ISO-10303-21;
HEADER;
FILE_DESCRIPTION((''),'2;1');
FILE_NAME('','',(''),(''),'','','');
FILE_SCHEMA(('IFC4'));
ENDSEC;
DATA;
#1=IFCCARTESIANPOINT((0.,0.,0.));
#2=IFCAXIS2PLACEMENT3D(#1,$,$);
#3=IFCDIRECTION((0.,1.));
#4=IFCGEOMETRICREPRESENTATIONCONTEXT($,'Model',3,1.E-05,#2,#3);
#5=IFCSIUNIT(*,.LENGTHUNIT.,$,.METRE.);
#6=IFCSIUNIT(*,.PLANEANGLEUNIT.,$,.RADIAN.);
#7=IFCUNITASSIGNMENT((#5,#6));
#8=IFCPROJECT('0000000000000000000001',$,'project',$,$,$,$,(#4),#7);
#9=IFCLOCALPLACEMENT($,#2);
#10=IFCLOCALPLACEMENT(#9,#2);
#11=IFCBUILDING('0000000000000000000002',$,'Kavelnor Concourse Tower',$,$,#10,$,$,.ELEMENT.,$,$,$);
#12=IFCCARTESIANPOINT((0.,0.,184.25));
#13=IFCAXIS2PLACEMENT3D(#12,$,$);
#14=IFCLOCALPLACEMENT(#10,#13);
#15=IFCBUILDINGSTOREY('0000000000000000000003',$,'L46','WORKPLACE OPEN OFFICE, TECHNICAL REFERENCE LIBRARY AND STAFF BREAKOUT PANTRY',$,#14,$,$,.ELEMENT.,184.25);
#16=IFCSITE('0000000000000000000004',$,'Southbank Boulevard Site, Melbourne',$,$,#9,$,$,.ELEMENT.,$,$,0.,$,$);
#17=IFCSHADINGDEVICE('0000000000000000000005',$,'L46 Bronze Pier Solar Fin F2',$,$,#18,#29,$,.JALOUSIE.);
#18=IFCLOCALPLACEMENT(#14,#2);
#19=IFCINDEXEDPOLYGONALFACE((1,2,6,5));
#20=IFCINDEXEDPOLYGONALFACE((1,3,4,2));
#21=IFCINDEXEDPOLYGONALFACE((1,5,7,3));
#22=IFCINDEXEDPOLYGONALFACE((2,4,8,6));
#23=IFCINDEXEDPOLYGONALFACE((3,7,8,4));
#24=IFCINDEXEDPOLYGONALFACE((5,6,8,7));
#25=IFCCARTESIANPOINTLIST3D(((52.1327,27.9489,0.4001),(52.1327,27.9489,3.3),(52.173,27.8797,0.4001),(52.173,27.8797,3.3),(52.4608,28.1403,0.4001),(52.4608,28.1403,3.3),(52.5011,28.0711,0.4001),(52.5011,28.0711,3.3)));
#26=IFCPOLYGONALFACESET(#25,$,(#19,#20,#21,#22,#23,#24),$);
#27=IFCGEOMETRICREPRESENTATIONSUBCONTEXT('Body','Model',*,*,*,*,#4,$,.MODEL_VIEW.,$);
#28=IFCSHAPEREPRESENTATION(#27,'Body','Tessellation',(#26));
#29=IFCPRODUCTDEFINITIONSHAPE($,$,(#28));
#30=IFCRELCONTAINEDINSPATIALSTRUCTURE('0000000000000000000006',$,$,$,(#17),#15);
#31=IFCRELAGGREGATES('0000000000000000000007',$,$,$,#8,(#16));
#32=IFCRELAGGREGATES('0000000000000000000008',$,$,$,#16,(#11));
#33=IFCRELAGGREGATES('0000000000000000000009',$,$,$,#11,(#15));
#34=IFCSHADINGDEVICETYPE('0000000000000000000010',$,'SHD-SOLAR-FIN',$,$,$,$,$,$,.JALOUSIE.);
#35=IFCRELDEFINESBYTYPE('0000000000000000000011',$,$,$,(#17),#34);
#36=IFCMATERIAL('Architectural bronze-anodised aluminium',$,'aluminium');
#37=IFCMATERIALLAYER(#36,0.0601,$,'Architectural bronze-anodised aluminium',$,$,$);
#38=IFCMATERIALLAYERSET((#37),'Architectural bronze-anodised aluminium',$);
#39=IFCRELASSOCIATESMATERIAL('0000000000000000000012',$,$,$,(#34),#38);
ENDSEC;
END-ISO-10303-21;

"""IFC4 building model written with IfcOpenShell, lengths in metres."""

from ifc_helpers import new_model, si_unit, direction, frame, origin, origin_2d, place, context, subcontext, project, spatial, rectangle, extrude, material, layer, layer_set, type_object, element, save


model = new_model("IFC4")

# Units and contexts
model_context = context("Model", 3, precision=1e-05, world=origin(), true_north=direction((0.0, 1.0)))
body_context = subcontext(model_context, "Body", "Model", "MODEL_VIEW")
ifc_project = project(units=[si_unit("LENGTHUNIT", "METRE"), si_unit("PLANEANGLEUNIT", "RADIAN")], contexts=[model_context])

# Site, building, storey
site_placement = place(None, origin())
site = spatial("IfcSite", under=ifc_project, at=site_placement, Name="Southbank Boulevard Site, Melbourne", CompositionType="ELEMENT", RefElevation=0.0)
building_placement = place(site_placement, origin())
building = spatial("IfcBuilding", under=site, at=building_placement, Name="Kavelnor Concourse Tower", CompositionType="ELEMENT")
storey_placement = place(building_placement, frame((0.0, 0.0, 184.25)))
storey = spatial("IfcBuildingStorey", under=building, at=storey_placement, Name="L46", Description="WORKPLACE OPEN OFFICE, TECHNICAL REFERENCE LIBRARY AND STAFF BREAKOUT PANTRY", CompositionType="ELEMENT", Elevation=184.25)

# Shading device
ifc_material_1 = material(Name="Architectural bronze-anodised aluminium", Category="aluminium")
ifc_layer_1 = layer(ifc_material_1, 0.0601, Name="Architectural bronze-anodised aluminium")
ifc_layer_set_1 = layer_set([ifc_layer_1], Name="Architectural bronze-anodised aluminium")
shading_device_type = type_object("IfcShadingDeviceType", Name="SHD-SOLAR-FIN", PredefinedType="JALOUSIE", material=ifc_layer_set_1)
shading_device_placement = place(storey_placement, frame((52.3169, 28.01, 0.4001), z_axis=(0.0, 0.0, 1.0), x_axis=(0.863748, 0.503925, 0.0)))
element("IfcShadingDevice", 1, at=shading_device_placement, inside=storey, type_object=shading_device_type, Name="L46 Bronze Pier Solar Fin F2", PredefinedType="JALOUSIE", context=body_context, shape_type="SweptSolid", body=[
    extrude(rectangle(XDim=0.3799, YDim=0.0801, at=origin_2d()), origin(), (0.0, 0.0, 1.0), 2.8999),
])

save(model, "model.ifc")
